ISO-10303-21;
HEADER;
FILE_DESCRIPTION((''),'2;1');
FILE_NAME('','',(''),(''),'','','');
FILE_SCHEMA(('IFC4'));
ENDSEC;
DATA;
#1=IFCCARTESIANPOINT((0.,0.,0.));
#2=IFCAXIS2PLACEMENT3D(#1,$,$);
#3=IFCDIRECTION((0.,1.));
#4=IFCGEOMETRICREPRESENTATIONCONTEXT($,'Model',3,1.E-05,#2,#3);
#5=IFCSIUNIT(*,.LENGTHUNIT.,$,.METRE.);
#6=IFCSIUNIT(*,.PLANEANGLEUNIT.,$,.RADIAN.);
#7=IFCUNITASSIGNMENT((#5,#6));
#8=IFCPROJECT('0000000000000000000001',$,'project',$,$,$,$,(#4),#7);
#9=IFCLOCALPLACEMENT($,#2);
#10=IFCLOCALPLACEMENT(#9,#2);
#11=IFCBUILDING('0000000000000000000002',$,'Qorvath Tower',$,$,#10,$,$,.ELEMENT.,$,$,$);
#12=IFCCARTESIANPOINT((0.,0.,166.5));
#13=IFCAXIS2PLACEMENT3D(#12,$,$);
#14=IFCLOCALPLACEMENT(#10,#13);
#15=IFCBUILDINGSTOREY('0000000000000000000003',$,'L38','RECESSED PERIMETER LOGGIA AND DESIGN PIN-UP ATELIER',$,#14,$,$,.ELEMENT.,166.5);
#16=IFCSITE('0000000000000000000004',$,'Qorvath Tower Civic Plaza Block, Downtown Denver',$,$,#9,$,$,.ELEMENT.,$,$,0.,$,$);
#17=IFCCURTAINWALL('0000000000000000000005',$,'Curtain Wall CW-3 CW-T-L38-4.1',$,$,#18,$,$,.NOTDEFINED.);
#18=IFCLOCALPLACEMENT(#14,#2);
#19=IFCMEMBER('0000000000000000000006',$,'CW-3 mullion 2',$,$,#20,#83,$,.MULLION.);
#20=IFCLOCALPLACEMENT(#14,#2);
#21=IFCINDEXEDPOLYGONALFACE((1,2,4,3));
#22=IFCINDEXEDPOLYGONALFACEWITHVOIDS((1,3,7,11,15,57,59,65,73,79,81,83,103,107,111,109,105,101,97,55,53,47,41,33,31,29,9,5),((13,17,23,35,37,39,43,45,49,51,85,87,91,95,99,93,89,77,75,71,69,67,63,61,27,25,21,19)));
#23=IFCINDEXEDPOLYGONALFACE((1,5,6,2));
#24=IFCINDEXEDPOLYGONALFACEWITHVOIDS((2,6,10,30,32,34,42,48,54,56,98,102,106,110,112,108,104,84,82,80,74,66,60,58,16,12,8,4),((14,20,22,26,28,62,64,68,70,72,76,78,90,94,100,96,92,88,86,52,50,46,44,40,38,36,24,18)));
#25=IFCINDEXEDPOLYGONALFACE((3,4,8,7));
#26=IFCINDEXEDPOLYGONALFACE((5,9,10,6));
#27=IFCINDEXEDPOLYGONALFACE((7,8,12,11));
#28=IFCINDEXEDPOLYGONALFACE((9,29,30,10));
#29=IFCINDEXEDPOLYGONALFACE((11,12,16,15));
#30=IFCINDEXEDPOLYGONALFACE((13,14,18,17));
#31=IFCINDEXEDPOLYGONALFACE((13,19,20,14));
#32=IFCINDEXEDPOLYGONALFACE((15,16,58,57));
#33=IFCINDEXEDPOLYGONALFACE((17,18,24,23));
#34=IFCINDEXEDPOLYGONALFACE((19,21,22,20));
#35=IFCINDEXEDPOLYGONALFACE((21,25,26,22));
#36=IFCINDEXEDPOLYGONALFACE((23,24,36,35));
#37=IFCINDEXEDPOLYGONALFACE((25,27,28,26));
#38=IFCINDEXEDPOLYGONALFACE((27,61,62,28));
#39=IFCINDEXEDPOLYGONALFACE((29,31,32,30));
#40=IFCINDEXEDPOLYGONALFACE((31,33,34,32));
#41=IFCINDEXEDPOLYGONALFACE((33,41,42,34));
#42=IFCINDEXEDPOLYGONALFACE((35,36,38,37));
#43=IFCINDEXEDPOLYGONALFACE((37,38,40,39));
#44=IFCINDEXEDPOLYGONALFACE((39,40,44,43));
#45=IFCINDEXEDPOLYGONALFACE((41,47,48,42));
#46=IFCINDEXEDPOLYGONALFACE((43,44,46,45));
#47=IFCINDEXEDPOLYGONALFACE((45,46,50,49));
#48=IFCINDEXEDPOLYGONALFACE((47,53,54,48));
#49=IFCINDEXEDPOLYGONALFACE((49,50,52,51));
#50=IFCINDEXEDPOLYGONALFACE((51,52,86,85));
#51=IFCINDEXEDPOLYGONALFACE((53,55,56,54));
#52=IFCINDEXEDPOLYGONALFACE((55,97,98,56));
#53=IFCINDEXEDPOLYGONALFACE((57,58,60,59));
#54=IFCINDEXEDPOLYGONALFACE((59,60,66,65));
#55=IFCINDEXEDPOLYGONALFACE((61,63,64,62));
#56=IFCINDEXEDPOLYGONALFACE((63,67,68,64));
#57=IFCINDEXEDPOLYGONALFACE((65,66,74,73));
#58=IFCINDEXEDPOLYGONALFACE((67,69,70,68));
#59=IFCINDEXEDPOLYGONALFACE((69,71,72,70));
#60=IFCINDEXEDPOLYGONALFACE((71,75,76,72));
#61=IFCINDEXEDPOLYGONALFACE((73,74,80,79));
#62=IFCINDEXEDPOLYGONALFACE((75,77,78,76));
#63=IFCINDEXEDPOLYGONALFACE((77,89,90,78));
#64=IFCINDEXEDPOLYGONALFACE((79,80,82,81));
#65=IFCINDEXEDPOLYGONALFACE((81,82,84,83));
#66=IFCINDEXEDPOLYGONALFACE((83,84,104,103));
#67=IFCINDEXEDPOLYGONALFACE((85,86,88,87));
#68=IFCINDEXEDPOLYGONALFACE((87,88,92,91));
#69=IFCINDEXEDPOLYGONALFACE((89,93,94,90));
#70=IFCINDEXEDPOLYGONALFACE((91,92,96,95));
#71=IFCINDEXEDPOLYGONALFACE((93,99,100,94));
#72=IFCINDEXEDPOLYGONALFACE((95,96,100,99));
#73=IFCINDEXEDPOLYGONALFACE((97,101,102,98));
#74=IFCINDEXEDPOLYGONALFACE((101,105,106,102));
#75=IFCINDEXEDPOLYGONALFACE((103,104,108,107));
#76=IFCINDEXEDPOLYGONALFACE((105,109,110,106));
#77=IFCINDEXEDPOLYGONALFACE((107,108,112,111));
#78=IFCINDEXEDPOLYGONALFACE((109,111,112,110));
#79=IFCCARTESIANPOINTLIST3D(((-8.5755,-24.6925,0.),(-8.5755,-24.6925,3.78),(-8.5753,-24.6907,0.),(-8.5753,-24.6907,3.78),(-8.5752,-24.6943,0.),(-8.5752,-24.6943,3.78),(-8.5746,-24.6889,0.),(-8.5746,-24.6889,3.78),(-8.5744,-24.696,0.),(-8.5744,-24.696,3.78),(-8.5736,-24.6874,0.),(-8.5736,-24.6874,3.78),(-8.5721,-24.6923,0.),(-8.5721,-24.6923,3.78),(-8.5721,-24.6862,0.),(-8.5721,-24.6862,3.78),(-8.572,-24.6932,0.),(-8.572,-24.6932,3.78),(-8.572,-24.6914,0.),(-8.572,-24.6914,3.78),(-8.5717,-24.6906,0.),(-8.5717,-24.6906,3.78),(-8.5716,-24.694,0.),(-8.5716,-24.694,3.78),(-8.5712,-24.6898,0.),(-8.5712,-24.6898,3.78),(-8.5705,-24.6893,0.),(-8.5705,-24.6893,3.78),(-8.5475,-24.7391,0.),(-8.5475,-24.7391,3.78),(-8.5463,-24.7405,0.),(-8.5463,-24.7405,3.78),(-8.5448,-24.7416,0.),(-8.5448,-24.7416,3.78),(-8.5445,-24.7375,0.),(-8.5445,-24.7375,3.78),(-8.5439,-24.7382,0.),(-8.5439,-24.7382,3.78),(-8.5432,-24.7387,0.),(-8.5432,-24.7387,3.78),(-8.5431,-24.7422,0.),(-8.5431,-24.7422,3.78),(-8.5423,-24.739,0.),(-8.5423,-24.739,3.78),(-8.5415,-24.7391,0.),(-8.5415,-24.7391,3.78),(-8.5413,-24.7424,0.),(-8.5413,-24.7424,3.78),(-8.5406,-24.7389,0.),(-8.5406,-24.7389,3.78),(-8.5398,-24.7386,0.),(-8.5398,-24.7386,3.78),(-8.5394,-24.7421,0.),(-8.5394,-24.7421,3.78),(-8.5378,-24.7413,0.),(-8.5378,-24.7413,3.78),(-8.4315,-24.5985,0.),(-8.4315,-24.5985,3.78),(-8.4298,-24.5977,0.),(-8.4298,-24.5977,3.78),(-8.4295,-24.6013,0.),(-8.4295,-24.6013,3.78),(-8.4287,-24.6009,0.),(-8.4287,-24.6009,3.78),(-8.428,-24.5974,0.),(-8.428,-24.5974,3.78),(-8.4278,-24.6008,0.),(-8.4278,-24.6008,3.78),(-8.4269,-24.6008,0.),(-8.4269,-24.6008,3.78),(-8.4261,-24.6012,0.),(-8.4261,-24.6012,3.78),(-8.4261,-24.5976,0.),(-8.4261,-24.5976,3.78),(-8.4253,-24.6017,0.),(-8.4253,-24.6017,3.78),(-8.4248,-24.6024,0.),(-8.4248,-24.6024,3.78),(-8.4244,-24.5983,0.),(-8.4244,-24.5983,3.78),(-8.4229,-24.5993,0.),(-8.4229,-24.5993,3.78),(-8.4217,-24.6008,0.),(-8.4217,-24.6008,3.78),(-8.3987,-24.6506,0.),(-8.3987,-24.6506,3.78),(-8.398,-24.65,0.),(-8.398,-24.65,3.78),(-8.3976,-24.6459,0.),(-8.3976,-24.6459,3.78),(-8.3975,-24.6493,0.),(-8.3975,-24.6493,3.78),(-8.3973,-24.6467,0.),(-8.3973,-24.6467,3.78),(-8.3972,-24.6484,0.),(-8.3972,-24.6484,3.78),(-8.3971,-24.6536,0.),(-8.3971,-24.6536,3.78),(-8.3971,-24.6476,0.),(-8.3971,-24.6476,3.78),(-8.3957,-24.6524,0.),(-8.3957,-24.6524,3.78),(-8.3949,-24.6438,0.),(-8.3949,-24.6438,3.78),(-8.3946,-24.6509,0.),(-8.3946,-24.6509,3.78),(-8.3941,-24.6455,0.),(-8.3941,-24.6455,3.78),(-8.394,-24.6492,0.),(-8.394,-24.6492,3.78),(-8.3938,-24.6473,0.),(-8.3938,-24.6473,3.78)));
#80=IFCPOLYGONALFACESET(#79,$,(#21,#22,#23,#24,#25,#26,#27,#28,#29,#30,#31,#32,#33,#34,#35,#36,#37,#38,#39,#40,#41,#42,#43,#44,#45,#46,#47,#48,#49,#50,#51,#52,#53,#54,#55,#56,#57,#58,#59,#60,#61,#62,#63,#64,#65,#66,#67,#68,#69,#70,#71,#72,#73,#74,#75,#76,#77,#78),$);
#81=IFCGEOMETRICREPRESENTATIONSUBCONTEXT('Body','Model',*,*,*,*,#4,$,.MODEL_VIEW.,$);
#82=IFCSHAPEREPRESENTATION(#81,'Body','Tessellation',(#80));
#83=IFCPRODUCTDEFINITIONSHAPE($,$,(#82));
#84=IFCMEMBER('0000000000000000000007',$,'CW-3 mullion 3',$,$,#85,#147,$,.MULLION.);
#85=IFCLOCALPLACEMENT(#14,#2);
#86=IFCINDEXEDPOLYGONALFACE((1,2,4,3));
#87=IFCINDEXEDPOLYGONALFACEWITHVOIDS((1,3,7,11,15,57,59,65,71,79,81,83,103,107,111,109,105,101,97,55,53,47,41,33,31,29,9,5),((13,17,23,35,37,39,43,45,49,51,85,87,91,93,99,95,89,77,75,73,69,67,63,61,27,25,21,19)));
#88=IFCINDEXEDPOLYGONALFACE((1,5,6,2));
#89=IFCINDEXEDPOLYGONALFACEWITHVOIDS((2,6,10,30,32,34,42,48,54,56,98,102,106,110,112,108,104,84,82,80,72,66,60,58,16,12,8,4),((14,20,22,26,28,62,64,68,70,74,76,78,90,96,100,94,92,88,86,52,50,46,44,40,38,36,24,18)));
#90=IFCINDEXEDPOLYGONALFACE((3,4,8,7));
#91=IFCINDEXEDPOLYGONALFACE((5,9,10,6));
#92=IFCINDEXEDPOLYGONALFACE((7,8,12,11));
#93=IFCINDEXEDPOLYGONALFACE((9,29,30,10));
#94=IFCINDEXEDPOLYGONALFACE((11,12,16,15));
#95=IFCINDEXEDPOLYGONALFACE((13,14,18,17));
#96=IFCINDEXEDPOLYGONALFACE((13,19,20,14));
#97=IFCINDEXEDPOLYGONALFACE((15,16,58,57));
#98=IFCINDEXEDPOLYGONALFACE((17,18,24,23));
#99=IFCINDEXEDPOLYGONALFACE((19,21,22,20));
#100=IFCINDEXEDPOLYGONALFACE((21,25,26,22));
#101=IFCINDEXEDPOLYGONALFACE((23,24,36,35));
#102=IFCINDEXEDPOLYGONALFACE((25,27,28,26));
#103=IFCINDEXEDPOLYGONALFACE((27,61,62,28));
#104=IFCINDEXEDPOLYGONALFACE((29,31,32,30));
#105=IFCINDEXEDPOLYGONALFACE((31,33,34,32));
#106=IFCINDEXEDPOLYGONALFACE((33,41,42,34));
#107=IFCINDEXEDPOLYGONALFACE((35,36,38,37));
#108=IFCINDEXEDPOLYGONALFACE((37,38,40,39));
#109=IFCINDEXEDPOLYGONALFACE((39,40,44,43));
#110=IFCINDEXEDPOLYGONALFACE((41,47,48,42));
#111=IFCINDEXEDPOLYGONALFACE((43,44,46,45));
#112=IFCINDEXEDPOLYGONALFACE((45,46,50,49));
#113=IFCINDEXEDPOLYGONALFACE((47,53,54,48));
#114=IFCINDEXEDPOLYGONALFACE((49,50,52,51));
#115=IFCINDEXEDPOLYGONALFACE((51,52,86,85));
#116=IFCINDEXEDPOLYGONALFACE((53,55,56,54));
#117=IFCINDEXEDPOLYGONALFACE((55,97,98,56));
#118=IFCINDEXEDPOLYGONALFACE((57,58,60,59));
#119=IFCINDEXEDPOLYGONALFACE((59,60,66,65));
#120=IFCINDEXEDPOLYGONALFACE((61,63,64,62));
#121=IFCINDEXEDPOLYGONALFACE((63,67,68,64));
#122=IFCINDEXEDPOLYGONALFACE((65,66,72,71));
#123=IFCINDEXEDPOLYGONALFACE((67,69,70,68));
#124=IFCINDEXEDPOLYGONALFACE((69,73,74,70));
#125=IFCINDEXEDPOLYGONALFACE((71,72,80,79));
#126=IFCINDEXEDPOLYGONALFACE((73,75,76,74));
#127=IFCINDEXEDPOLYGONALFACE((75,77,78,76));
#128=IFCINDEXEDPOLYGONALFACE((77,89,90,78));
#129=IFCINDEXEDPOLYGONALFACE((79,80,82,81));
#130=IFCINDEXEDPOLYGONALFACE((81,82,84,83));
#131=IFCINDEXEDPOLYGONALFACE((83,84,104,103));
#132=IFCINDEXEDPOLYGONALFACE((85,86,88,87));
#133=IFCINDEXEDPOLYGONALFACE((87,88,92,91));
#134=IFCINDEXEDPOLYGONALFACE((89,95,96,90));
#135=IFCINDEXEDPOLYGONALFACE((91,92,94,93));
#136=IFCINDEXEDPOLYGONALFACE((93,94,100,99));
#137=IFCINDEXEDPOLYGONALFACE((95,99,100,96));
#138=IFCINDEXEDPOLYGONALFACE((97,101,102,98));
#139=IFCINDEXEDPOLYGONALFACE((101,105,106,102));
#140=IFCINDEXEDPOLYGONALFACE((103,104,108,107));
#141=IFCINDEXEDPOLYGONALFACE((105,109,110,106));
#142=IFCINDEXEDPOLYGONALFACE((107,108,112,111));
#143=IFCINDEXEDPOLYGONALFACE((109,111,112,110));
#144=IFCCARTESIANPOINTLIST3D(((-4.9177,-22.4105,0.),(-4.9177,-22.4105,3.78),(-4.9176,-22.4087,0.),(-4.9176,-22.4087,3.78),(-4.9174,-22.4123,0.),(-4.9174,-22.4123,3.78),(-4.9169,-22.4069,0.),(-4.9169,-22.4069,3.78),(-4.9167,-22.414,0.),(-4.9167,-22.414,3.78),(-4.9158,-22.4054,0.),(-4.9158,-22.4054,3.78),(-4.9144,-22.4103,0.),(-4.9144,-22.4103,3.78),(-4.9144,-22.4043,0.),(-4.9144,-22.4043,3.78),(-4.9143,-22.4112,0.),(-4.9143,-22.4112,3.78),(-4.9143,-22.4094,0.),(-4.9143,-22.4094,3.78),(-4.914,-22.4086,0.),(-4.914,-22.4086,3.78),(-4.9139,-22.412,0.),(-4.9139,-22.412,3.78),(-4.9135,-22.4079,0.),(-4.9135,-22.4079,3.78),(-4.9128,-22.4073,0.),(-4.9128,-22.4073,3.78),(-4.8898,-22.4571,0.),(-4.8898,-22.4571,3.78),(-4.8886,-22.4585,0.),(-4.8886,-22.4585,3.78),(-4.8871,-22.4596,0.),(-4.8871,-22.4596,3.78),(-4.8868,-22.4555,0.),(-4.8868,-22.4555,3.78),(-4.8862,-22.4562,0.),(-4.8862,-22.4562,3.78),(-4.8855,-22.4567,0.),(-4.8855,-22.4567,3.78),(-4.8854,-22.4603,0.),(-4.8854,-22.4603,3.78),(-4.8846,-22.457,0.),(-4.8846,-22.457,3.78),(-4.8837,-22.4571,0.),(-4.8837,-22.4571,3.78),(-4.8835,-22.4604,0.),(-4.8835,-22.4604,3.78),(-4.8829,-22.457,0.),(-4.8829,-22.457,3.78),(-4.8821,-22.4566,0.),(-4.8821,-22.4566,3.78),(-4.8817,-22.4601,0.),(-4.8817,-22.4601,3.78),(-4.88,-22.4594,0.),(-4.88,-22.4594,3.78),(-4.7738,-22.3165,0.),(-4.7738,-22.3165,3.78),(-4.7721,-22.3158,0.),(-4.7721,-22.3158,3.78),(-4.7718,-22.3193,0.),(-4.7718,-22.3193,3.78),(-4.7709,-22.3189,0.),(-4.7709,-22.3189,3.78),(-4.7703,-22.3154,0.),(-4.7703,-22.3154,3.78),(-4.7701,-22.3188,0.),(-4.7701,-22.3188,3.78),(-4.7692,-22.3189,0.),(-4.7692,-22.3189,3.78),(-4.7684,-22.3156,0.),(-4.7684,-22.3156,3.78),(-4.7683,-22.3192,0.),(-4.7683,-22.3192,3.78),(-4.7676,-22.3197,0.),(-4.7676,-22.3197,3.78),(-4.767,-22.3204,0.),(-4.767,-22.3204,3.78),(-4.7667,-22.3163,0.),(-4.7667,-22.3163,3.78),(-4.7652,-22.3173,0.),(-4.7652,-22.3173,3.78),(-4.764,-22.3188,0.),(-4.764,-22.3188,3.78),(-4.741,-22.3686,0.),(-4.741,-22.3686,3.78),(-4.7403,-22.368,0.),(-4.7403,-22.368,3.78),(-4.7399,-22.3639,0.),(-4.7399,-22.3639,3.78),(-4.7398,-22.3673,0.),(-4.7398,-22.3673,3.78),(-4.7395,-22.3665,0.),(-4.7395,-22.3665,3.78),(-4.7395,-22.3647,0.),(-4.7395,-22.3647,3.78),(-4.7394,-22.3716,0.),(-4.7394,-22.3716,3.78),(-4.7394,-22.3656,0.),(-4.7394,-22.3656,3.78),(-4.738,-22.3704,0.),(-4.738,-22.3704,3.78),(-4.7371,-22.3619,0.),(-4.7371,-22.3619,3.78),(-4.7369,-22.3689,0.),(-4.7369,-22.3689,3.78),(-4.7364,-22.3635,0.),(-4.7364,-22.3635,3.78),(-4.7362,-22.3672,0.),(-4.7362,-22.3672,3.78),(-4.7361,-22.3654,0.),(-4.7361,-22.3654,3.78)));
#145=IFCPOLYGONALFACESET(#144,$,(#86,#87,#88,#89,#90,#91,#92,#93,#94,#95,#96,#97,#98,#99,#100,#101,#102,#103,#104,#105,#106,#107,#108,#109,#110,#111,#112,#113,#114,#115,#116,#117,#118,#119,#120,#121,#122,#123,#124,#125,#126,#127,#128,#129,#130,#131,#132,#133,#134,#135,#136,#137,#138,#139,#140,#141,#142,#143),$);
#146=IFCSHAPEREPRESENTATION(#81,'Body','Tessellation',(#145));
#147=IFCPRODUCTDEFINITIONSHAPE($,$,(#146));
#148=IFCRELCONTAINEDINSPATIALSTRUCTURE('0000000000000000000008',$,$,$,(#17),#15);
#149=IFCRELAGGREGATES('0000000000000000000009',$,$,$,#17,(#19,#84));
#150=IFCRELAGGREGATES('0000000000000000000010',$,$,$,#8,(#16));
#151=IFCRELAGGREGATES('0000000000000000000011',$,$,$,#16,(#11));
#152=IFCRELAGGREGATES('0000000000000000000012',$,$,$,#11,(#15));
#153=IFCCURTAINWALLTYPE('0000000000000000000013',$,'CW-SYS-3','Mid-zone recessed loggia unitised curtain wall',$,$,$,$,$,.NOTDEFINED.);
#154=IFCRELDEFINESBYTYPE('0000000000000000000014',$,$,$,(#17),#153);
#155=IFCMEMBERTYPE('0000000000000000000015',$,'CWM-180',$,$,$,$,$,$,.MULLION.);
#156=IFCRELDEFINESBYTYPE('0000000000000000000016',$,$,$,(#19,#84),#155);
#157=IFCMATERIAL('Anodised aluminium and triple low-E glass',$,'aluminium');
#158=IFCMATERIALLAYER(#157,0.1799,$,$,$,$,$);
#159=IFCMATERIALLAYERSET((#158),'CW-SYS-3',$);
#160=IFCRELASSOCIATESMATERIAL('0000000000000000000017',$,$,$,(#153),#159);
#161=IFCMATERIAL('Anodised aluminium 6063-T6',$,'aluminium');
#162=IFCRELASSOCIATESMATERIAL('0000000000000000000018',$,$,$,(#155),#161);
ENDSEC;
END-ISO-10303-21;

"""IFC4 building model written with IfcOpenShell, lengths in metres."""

from ifc_helpers import new_model, si_unit, direction, frame, origin, origin_2d, place, context, subcontext, project, spatial, hollow_rectangle, extrude, material, layer, layer_set, material_profile, profile_set, type_object, element, aggregate, save


model = new_model("IFC4")

# Units and contexts
model_context = context("Model", 3, precision=1e-05, world=origin(), true_north=direction((0.0, 1.0)))
body_context = subcontext(model_context, "Body", "Model", "MODEL_VIEW")
ifc_project = project(units=[si_unit("LENGTHUNIT", "METRE"), si_unit("PLANEANGLEUNIT", "RADIAN")], contexts=[model_context])

# Site, building, storey
site_placement = place(None, origin())
site = spatial("IfcSite", under=ifc_project, at=site_placement, Name="Qorvath Tower Civic Plaza Block, Downtown Denver", CompositionType="ELEMENT", RefElevation=0.0)
building_placement = place(site_placement, origin())
building = spatial("IfcBuilding", under=site, at=building_placement, Name="Qorvath Tower", CompositionType="ELEMENT")
storey_placement = place(building_placement, frame((0.0, 0.0, 166.5)))
storey = spatial("IfcBuildingStorey", under=building, at=storey_placement, Name="L38", Description="RECESSED PERIMETER LOGGIA AND DESIGN PIN-UP ATELIER", CompositionType="ELEMENT", Elevation=166.5)

# Shared definitions
ifc_material_1 = material(Name="Anodised aluminium and triple low-E glass", Category="aluminium")
ifc_layer_1 = layer(ifc_material_1, 0.1799)
ifc_layer_set_1 = layer_set([ifc_layer_1], Name="CW-SYS-3")
curtain_wall_type = type_object("IfcCurtainWallType", Name="CW-SYS-3", Description="Mid-zone recessed loggia unitised curtain wall", PredefinedType="NOTDEFINED", material=ifc_layer_set_1)
ifc_material_2 = material(Name="Anodised aluminium 6063-T6", Category="aluminium")
ifc_material_profile_1 = material_profile(ifc_material_2, hollow_rectangle(XDim=0.0649, YDim=0.1799, WallThickness=0.0034, InnerFilletRadius=0.0034, OuterFilletRadius=0.0071, at=origin_2d()), Name="CWM 180x65")
ifc_profile_set_1 = profile_set([ifc_material_profile_1], Name="Anodised aluminium 6063-T6")
member_type_1 = type_object("IfcMemberType", Name="CWM-180", PredefinedType="MULLION", material=ifc_profile_set_1)

# Curtain wall, members
curtain_wall_1_placement = place(storey_placement, origin())
curtain_wall_1 = element("IfcCurtainWall", 1, at=curtain_wall_1_placement, inside=storey, type_object=curtain_wall_type, Name="Curtain Wall CW-3 CW-T-L38-4.1", PredefinedType="NOTDEFINED")
member_1_placement = place(storey_placement, frame((-8.4846, -24.6699, 0.0), z_axis=(0.0, 0.0, 1.0), x_axis=(-0.529328, 0.848417, 0.0)))
member_1 = element("IfcMember", 2, at=member_1_placement, type_object=member_type_1, Name="CW-3 mullion 2", PredefinedType="MULLION", context=body_context, shape_type="SweptSolid", body=[
    extrude(hollow_rectangle(XDim=0.0649, YDim=0.1799, WallThickness=0.0034, InnerFilletRadius=0.0034, OuterFilletRadius=0.0071, at=origin_2d()), origin(), (0.0, 0.0, 1.0), 3.78),
])
member_2_placement = place(storey_placement, frame((-4.8269, -22.3879, 0.0), z_axis=(0.0, 0.0, 1.0), x_axis=(-0.529328, 0.848417, 0.0)))
member_2 = element("IfcMember", 3, at=member_2_placement, type_object=member_type_1, Name="CW-3 mullion 3", PredefinedType="MULLION", context=body_context, shape_type="SweptSolid", body=[
    extrude(hollow_rectangle(XDim=0.0649, YDim=0.1799, WallThickness=0.0034, InnerFilletRadius=0.0034, OuterFilletRadius=0.0071, at=origin_2d()), origin(), (0.0, 0.0, 1.0), 3.78),
])

aggregate(curtain_wall_1, [member_1, member_2])

save(model, "model.ifc")
